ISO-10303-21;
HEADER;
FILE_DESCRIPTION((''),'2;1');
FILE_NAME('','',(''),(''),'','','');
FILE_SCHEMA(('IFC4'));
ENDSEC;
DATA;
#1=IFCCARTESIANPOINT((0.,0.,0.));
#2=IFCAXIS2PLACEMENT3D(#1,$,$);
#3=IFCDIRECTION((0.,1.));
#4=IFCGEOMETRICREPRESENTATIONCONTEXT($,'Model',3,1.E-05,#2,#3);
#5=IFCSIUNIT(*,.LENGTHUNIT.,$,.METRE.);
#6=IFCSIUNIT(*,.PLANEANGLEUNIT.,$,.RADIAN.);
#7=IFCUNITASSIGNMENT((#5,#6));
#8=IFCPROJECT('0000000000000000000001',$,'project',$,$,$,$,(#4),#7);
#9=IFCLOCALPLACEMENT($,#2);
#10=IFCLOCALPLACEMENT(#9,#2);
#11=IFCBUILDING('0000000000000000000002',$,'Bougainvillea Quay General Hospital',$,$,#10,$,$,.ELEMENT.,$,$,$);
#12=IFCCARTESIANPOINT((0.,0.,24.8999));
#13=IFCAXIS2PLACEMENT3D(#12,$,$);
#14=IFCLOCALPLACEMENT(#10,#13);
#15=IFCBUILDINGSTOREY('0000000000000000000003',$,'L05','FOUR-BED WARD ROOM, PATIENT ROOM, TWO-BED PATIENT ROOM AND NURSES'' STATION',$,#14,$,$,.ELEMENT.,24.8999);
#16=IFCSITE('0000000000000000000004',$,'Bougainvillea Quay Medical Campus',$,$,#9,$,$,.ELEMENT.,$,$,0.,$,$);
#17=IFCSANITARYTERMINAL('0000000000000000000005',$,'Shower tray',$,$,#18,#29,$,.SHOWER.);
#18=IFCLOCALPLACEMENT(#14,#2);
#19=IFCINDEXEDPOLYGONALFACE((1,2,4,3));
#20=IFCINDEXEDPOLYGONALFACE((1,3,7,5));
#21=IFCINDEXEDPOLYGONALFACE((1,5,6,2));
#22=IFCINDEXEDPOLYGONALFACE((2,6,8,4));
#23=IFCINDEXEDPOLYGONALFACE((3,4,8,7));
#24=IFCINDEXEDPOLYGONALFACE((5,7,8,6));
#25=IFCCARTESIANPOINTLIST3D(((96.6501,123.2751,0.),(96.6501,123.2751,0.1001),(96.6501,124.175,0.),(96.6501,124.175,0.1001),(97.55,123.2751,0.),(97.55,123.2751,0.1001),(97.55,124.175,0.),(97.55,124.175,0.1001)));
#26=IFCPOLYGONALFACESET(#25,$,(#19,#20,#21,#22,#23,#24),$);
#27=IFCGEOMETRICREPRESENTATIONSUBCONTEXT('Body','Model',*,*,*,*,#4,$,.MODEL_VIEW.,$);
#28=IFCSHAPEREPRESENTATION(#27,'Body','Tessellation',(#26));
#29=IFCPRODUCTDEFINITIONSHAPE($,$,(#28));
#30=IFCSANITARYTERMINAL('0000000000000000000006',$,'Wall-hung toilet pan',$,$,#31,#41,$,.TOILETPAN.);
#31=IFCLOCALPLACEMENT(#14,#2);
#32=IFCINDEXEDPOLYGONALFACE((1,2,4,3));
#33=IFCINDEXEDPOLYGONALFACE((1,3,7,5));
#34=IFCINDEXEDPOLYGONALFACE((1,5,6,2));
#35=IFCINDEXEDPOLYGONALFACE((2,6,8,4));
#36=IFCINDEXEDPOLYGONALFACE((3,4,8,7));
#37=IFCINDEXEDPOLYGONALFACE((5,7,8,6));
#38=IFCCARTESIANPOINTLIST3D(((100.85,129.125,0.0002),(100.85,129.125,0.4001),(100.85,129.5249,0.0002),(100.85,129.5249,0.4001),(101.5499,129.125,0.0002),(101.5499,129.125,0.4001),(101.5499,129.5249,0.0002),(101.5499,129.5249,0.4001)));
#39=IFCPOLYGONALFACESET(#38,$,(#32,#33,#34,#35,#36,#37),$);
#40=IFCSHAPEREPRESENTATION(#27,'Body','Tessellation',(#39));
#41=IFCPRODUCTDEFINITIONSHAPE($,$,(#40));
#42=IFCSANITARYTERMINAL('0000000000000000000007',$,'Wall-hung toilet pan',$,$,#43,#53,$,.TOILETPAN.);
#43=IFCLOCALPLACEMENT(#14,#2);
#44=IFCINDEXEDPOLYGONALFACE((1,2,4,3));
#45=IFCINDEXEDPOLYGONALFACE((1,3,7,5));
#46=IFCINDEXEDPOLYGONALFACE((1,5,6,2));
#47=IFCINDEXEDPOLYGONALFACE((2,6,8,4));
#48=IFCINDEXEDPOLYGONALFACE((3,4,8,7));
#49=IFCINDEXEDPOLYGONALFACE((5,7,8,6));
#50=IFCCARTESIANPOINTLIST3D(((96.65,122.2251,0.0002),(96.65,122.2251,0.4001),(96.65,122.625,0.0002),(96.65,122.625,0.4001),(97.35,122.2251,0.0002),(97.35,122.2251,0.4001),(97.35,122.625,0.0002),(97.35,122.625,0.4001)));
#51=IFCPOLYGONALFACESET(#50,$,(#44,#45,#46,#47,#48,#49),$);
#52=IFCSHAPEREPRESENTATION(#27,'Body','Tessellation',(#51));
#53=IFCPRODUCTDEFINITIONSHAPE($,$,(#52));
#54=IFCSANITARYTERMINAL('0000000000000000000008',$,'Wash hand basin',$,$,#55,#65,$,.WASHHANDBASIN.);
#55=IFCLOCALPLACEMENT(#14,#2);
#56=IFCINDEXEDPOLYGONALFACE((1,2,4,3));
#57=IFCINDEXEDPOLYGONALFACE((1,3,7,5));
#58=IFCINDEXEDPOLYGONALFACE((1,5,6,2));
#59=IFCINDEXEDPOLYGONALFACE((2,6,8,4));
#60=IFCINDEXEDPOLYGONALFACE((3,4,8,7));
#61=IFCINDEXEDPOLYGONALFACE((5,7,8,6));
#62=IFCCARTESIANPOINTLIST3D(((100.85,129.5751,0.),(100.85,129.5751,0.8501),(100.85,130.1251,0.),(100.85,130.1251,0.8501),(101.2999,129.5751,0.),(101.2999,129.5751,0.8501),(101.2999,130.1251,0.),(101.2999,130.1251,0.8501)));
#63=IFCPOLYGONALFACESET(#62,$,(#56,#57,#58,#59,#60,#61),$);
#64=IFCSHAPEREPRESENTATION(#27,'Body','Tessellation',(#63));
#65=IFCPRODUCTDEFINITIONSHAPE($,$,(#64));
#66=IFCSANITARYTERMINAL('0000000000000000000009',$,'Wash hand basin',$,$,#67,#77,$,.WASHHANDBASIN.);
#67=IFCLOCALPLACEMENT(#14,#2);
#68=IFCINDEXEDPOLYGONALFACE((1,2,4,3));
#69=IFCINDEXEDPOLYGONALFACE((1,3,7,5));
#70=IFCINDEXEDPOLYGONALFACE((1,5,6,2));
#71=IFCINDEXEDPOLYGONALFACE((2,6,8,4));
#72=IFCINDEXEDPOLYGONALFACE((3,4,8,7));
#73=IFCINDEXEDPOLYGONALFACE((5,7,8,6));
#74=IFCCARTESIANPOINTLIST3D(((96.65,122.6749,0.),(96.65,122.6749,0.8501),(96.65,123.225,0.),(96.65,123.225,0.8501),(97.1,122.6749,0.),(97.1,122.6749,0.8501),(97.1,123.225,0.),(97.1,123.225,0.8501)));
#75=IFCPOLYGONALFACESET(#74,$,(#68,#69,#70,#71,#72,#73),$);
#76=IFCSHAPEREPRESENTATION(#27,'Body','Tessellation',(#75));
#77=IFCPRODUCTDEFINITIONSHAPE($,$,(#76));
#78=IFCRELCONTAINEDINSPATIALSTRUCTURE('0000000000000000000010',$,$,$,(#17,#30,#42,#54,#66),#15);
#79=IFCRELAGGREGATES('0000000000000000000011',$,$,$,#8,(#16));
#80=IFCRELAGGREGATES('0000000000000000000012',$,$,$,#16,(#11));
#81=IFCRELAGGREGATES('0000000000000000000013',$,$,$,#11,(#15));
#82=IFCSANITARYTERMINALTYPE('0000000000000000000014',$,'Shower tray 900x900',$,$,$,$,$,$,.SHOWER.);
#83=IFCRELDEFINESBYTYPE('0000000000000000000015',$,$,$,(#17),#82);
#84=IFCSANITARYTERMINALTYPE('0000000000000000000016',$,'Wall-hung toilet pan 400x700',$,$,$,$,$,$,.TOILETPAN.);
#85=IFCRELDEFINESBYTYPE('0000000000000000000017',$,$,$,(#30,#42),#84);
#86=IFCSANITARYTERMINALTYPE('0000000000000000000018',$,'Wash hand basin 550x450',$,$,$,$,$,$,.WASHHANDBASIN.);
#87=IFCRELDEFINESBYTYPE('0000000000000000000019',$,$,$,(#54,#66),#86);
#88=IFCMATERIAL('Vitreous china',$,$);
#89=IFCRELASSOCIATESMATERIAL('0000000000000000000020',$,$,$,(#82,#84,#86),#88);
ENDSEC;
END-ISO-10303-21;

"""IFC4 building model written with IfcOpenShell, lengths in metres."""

from ifc_helpers import new_model, si_unit, direction, frame, origin, origin_2d, place, context, subcontext, project, spatial, rectangle, extrude, material, type_object, element, save


model = new_model("IFC4")

# Units and contexts
model_context = context("Model", 3, precision=1e-05, world=origin(), true_north=direction((0.0, 1.0)))
body_context = subcontext(model_context, "Body", "Model", "MODEL_VIEW")
ifc_project = project(units=[si_unit("LENGTHUNIT", "METRE"), si_unit("PLANEANGLEUNIT", "RADIAN")], contexts=[model_context])

# Site, building, storey
site_placement = place(None, origin())
site = spatial("IfcSite", under=ifc_project, at=site_placement, Name="Bougainvillea Quay Medical Campus", CompositionType="ELEMENT", RefElevation=0.0)
building_placement = place(site_placement, origin())
building = spatial("IfcBuilding", under=site, at=building_placement, Name="Bougainvillea Quay General Hospital", CompositionType="ELEMENT")
storey_placement = place(building_placement, frame((0.0, 0.0, 24.8999)))
storey = spatial("IfcBuildingStorey", under=building, at=storey_placement, Name="L05", Description="FOUR-BED WARD ROOM, PATIENT ROOM, TWO-BED PATIENT ROOM AND NURSES' STATION", CompositionType="ELEMENT", Elevation=24.8999)

# Sanitary terminals
ifc_material_1 = material(Name="Vitreous china")
sanitary_terminal_type_1 = type_object("IfcSanitaryTerminalType", Name="Shower tray 900x900", PredefinedType="SHOWER", material=ifc_material_1)
for number, where, z_axis, x_axis, name in (
    (1, (97.1001, 123.7251, 0.0), (0.0, 0.0, 1.0), (0.0, 1.0, 0.0), "Shower tray"),
):
    element("IfcSanitaryTerminal", number, at=place(storey_placement, frame(where, z_axis=z_axis, x_axis=x_axis)), inside=storey, type_object=sanitary_terminal_type_1, Name=name, PredefinedType="SHOWER", context=body_context, shape_type="SweptSolid", body=[
        extrude(rectangle(XDim=0.8999, YDim=0.8999, at=origin_2d()), origin(), (0.0, 0.0, 1.0), 0.1001),
    ])
sanitary_terminal_type_2 = type_object("IfcSanitaryTerminalType", Name="Wall-hung toilet pan 400x700", PredefinedType="TOILETPAN", material=ifc_material_1)
for number, where, z_axis, x_axis, name in (
    (2, (101.2, 129.325, 0.0002), (0.0, 0.0, 1.0), (0.0, 1.0, 0.0), "Wall-hung toilet pan"),
    (3, (97.0, 122.425, 0.0002), (0.0, 0.0, 1.0), (0.0, 1.0, 0.0), "Wall-hung toilet pan"),
):
    element("IfcSanitaryTerminal", number, at=place(storey_placement, frame(where, z_axis=z_axis, x_axis=x_axis)), inside=storey, type_object=sanitary_terminal_type_2, Name=name, PredefinedType="TOILETPAN", context=body_context, shape_type="SweptSolid", body=[
        extrude(rectangle(XDim=0.3999, YDim=0.7, at=origin_2d()), origin(), (0.0, 0.0, 1.0), 0.3999),
    ])
sanitary_terminal_type_3 = type_object("IfcSanitaryTerminalType", Name="Wash hand basin 550x450", PredefinedType="WASHHANDBASIN", material=ifc_material_1)
for number, where, z_axis, x_axis, name in (
    (4, (101.075, 129.8501, 0.0), (0.0, 0.0, 1.0), (0.0, 1.0, 0.0), "Wash hand basin"),
    (5, (96.875, 122.95, 0.0), (0.0, 0.0, 1.0), (0.0, 1.0, 0.0), "Wash hand basin"),
):
    element("IfcSanitaryTerminal", number, at=place(storey_placement, frame(where, z_axis=z_axis, x_axis=x_axis)), inside=storey, type_object=sanitary_terminal_type_3, Name=name, PredefinedType="WASHHANDBASIN", context=body_context, shape_type="SweptSolid", body=[
        extrude(rectangle(XDim=0.55, YDim=0.45, at=origin_2d()), origin(), (0.0, 0.0, 1.0), 0.8501),
    ])

save(model, "model.ifc")
